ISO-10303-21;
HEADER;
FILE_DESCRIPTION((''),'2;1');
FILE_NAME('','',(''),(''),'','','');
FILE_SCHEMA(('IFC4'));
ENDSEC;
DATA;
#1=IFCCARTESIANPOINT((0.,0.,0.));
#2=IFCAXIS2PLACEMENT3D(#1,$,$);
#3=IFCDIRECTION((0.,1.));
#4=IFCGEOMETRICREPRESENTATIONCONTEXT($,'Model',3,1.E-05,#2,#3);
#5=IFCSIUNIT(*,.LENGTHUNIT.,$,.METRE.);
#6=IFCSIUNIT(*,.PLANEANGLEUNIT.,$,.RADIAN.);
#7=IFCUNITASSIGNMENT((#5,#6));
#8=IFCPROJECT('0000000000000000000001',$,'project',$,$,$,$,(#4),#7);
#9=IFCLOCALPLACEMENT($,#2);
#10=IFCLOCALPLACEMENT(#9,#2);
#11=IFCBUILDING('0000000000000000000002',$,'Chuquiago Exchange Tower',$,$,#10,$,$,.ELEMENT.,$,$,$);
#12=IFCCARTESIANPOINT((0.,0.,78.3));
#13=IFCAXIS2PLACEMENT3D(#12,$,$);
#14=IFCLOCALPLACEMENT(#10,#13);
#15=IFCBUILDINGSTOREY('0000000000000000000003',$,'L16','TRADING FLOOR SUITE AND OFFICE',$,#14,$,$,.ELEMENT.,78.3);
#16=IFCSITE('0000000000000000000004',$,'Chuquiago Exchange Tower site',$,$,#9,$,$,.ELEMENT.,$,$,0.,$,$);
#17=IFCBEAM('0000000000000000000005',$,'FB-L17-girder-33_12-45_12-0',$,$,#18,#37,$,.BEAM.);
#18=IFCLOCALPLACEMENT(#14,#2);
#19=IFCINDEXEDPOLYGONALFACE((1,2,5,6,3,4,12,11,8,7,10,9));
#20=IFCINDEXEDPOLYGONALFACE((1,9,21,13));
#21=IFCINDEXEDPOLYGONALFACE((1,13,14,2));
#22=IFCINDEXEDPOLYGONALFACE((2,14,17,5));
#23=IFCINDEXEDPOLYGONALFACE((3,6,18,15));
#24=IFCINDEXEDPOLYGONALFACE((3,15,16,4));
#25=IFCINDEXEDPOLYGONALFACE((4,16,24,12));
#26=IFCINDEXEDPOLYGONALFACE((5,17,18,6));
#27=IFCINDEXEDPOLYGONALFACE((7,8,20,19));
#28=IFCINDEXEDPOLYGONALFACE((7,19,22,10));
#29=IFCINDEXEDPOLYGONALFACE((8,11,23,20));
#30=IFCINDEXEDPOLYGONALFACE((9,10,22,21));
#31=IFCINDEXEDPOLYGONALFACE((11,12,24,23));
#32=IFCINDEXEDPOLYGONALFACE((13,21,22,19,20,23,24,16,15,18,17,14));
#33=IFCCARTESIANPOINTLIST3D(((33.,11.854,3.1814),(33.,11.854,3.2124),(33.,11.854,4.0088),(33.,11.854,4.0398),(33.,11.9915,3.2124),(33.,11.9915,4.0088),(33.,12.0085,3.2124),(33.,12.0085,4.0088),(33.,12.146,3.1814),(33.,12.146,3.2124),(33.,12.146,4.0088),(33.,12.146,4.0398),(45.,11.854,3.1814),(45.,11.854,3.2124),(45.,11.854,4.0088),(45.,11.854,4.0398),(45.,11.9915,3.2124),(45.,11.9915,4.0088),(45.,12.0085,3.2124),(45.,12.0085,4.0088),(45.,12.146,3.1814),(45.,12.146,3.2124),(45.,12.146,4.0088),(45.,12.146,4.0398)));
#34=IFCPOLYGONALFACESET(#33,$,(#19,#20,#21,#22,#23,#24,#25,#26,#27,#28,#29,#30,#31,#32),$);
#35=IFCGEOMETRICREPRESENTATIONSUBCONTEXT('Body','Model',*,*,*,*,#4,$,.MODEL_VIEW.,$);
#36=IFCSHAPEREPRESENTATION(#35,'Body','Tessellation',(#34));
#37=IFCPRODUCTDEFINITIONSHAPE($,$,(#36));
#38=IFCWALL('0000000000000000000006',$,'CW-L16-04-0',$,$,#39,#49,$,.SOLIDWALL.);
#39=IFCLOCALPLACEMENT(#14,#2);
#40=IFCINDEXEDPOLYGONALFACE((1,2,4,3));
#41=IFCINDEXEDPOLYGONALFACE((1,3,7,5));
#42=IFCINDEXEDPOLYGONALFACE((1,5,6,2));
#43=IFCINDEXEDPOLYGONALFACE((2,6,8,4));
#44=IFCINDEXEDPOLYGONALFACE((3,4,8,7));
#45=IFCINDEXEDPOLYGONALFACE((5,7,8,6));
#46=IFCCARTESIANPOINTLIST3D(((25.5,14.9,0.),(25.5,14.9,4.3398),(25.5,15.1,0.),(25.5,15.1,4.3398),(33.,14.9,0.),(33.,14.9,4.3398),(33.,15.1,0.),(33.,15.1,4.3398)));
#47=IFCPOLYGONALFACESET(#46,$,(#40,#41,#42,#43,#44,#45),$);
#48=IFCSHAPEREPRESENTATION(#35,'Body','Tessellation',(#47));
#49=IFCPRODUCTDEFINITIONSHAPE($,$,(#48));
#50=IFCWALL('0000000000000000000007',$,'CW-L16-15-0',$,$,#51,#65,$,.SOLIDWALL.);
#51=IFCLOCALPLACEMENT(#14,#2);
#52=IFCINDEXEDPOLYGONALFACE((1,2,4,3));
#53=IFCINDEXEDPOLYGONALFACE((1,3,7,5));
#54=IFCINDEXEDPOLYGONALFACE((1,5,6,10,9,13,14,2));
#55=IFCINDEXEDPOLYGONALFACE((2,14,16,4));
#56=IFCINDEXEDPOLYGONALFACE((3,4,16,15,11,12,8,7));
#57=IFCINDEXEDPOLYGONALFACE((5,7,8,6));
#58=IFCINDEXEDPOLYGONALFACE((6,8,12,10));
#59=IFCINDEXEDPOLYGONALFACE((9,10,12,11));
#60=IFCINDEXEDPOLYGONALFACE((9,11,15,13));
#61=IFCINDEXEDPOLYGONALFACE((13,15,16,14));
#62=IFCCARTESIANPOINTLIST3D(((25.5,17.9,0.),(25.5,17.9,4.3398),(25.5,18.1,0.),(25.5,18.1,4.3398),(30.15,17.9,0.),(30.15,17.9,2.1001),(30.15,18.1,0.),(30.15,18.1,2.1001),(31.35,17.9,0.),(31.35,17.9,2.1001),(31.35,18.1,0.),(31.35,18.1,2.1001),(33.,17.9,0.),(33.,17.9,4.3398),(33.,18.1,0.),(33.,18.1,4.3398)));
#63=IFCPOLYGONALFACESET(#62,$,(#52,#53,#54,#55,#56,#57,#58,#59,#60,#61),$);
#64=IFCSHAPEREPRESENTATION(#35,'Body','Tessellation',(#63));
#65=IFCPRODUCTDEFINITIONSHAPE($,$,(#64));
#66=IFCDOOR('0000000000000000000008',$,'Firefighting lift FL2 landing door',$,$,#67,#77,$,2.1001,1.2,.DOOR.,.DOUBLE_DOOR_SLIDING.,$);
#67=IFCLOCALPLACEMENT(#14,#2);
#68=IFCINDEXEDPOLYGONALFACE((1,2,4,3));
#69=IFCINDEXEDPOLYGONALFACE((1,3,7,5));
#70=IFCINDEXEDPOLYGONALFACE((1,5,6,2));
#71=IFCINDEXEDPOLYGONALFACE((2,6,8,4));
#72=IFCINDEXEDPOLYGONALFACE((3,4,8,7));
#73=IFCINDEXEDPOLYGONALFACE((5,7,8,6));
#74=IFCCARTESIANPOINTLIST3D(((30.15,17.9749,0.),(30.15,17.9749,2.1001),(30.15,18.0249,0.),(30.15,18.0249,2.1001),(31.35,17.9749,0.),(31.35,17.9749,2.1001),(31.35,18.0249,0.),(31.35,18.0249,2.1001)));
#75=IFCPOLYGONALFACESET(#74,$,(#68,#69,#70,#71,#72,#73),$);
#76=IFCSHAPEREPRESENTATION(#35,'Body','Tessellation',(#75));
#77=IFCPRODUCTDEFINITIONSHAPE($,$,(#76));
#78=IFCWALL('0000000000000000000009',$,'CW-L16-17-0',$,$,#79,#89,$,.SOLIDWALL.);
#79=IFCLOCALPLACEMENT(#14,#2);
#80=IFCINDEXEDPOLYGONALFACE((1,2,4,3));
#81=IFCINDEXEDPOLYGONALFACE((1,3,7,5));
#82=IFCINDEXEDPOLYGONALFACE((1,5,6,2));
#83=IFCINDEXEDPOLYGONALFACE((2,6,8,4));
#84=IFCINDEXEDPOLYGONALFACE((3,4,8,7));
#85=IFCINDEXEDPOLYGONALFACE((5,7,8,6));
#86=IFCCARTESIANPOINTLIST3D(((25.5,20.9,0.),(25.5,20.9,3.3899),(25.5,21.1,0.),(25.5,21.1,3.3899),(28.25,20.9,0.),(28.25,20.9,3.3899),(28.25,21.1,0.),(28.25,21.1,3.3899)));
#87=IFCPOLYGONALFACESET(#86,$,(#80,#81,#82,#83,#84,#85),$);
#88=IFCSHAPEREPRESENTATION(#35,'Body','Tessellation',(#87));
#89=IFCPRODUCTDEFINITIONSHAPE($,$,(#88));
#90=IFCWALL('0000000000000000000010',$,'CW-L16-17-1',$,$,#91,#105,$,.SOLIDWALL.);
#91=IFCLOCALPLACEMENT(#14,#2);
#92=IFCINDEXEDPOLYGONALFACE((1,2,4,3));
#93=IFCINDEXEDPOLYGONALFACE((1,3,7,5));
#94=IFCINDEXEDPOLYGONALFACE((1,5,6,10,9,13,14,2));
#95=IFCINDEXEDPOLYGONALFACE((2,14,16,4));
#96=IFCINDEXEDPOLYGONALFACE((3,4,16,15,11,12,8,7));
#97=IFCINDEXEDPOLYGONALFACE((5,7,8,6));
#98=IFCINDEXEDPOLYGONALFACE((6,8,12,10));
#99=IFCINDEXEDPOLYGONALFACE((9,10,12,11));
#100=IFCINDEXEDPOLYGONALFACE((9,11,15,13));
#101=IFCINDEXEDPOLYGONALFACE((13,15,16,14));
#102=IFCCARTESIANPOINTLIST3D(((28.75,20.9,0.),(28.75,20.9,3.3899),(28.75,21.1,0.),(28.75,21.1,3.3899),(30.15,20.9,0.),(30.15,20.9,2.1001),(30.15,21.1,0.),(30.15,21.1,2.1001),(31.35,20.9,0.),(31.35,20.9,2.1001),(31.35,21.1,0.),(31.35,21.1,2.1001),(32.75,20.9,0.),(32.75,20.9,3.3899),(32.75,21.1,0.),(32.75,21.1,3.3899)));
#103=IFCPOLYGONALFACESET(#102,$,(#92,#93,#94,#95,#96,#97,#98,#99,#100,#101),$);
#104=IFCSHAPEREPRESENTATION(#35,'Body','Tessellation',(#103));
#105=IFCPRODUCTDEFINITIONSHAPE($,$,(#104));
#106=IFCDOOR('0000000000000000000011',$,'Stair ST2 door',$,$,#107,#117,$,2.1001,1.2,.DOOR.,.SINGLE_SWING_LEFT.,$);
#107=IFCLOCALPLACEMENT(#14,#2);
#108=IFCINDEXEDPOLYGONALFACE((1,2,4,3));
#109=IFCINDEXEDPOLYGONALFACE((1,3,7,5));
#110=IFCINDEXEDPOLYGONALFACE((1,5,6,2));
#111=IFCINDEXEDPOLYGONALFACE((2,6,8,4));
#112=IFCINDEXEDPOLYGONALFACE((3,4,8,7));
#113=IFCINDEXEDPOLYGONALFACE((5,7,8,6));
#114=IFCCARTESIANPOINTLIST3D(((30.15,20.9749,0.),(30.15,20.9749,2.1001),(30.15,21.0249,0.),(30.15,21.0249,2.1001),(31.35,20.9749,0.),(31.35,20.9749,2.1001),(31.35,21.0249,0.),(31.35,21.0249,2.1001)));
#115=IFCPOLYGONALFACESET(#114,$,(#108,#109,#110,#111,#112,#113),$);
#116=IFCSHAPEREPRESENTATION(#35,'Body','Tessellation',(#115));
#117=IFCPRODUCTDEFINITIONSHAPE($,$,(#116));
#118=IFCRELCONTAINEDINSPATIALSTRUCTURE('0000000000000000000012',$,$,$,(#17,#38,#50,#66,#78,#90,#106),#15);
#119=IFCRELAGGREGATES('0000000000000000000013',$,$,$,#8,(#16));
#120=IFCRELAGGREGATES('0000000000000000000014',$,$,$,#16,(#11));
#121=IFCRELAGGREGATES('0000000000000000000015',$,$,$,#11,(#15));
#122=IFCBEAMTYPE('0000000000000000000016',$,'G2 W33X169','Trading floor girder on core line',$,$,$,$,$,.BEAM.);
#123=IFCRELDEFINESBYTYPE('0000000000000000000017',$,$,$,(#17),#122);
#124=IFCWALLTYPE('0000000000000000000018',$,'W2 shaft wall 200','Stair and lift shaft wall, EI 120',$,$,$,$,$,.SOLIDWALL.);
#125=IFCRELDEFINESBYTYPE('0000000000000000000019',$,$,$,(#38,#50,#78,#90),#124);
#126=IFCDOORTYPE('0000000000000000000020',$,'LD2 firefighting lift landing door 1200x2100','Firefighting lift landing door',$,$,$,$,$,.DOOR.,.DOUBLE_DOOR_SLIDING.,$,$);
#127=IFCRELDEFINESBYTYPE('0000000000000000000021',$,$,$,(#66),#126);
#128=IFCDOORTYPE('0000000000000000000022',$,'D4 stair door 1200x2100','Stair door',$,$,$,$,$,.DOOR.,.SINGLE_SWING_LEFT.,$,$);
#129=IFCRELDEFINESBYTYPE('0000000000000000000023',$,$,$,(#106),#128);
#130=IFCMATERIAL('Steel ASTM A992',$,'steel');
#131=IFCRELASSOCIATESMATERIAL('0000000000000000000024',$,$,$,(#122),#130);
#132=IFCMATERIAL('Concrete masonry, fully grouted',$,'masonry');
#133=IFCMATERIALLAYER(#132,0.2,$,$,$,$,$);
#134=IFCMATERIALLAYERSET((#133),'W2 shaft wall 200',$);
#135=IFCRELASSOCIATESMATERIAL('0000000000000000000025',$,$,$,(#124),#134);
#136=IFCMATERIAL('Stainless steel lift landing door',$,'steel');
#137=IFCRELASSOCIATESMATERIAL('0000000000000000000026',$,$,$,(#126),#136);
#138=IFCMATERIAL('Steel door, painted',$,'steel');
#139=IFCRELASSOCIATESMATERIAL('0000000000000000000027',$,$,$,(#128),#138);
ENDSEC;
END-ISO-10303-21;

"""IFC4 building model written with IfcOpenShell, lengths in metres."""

from ifc_helpers import new_model, si_unit, direction, frame, frame_2d, origin, origin_2d, place, context, subcontext, project, spatial, rectangle, i_section, extrude, material, layer, layer_set, material_profile, profile_set, type_object, element, fill, save


model = new_model("IFC4")

# Units and contexts
model_context = context("Model", 3, precision=1e-05, world=origin(), true_north=direction((0.0, 1.0)))
body_context = subcontext(model_context, "Body", "Model", "MODEL_VIEW")
ifc_project = project(units=[si_unit("LENGTHUNIT", "METRE"), si_unit("PLANEANGLEUNIT", "RADIAN")], contexts=[model_context])

# Site, building, storey
site_placement = place(None, origin())
site = spatial("IfcSite", under=ifc_project, at=site_placement, Name="Chuquiago Exchange Tower site", CompositionType="ELEMENT", RefElevation=0.0)
building_placement = place(site_placement, origin())
building = spatial("IfcBuilding", under=site, at=building_placement, Name="Chuquiago Exchange Tower", CompositionType="ELEMENT")
storey_placement = place(building_placement, frame((0.0, 0.0, 78.3)))
storey = spatial("IfcBuildingStorey", under=building, at=storey_placement, Name="L16", Description="TRADING FLOOR SUITE AND OFFICE", CompositionType="ELEMENT", Elevation=78.3)

# Beam
ifc_material_1 = material(Name="Steel ASTM A992", Category="steel")
ifc_material_profile_1 = material_profile(ifc_material_1, i_section(OverallWidth=0.292, OverallDepth=0.8584, WebThickness=0.0171, FlangeThickness=0.031, at=origin_2d()), Name="W33X169")
ifc_profile_set_1 = profile_set([ifc_material_profile_1], Name="Steel ASTM A992")
beam_type_1 = type_object("IfcBeamType", Name="G2 W33X169", Description="Trading floor girder on core line", PredefinedType="BEAM", material=ifc_profile_set_1)
for number, where, z_axis, x_axis, name in (
    (1, (33.0, 12.0, 3.6106), (1.0, 0.0, 0.0), (0.0, 1.0, 0.0), "FB-L17-girder-33_12-45_12-0"),
):
    element("IfcBeam", number, at=place(storey_placement, frame(where, z_axis=z_axis, x_axis=x_axis)), inside=storey, type_object=beam_type_1, Name=name, PredefinedType="BEAM", context=body_context, shape_type="SweptSolid", body=[
        extrude(i_section(OverallWidth=0.292, OverallDepth=0.8584, WebThickness=0.0171, FlangeThickness=0.031, at=origin_2d()), origin(), (0.0, 0.0, 1.0), 12.0),
    ])

# Wall
ifc_material_2 = material(Name="Concrete masonry, fully grouted", Category="masonry")
ifc_layer_1 = layer(ifc_material_2, 0.2)
ifc_layer_set_1 = layer_set([ifc_layer_1], Name="W2 shaft wall 200")
wall_type_1 = type_object("IfcWallType", Name="W2 shaft wall 200", Description="Stair and lift shaft wall, EI 120", PredefinedType="SOLIDWALL", material=ifc_layer_set_1)
wall_1_placement = place(storey_placement, frame((25.5, 15.0, 0.0), z_axis=(0.0, 0.0, 1.0), x_axis=(1.0, 0.0, 0.0)))
element("IfcWall", 2, at=wall_1_placement, inside=storey, type_object=wall_type_1, Name="CW-L16-04-0", PredefinedType="SOLIDWALL", context=body_context, shape_type="SweptSolid", body=[
    extrude(rectangle(XDim=7.5, YDim=0.2, at=frame_2d((3.75, 0.0))), origin(), (0.0, 0.0, 1.0), 4.3398),
])

# Wall, opening, door
wall_2_placement = place(storey_placement, frame((25.5, 18.0, 0.0), z_axis=(0.0, 0.0, 1.0), x_axis=(1.0, 0.0, 0.0)))
wall_2 = element("IfcWall", 3, at=wall_2_placement, inside=storey, type_object=wall_type_1, Name="CW-L16-15-0", PredefinedType="SOLIDWALL", context=body_context, shape_type="SweptSolid", body=[
    extrude(rectangle(XDim=7.5, YDim=0.2, at=frame_2d((3.75, 0.0))), origin(), (0.0, 0.0, 1.0), 4.3398),
])
opening_1_placement = place(wall_2_placement, frame((4.6499, 0.0, 0.0)))
opening_1 = element("IfcOpeningElement", 4, at=opening_1_placement, cuts=wall_2, PredefinedType="OPENING", context=body_context, shape_type="SweptSolid", body=[
    extrude(rectangle(XDim=1.2, YDim=2.1001, at=frame_2d((0.6001, 1.05))), frame((0.0, 0.1099, 0.0), z_axis=(0.0, -1.0, 0.0), x_axis=(1.0, 0.0, 0.0)), (0.0, 0.0, 1.0), 0.22),
])
ifc_material_3 = material(Name="Stainless steel lift landing door", Category="steel")
door_type_1 = type_object("IfcDoorType", Name="LD2 firefighting lift landing door 1200x2100", Description="Firefighting lift landing door", OperationType="DOUBLE_DOOR_SLIDING", PredefinedType="DOOR", material=ifc_material_3)
door_1_placement = place(opening_1_placement, origin())
door_1 = element("IfcDoor", 5, at=door_1_placement, inside=storey, type_object=door_type_1, Name="Firefighting lift FL2 landing door", OperationType="DOUBLE_DOOR_SLIDING", OverallHeight=2.1001, OverallWidth=1.2, PredefinedType="DOOR", context=body_context, shape_type="SweptSolid", body=[
    extrude(rectangle(XDim=1.2, YDim=2.1001, at=frame_2d((0.6001, 1.05))), frame((0.0, 0.0249, 0.0), z_axis=(0.0, -1.0, 0.0), x_axis=(1.0, 0.0, 0.0)), (0.0, 0.0, 1.0), 0.05),
])
fill(opening_1, door_1)

# Wall
wall_3_placement = place(storey_placement, frame((25.5, 21.0, 0.0), z_axis=(0.0, 0.0, 1.0), x_axis=(1.0, 0.0, 0.0)))
element("IfcWall", 6, at=wall_3_placement, inside=storey, type_object=wall_type_1, Name="CW-L16-17-0", PredefinedType="SOLIDWALL", context=body_context, shape_type="SweptSolid", body=[
    extrude(rectangle(XDim=2.75, YDim=0.2, at=frame_2d((1.375, 0.0))), origin(), (0.0, 0.0, 1.0), 3.3899),
])

# Wall, opening, door
wall_4_placement = place(storey_placement, frame((28.75, 21.0, 0.0), z_axis=(0.0, 0.0, 1.0), x_axis=(1.0, 0.0, 0.0)))
wall_4 = element("IfcWall", 7, at=wall_4_placement, inside=storey, type_object=wall_type_1, Name="CW-L16-17-1", PredefinedType="SOLIDWALL", context=body_context, shape_type="SweptSolid", body=[
    extrude(rectangle(XDim=4.0, YDim=0.2, at=frame_2d((2.0, 0.0))), origin(), (0.0, 0.0, 1.0), 3.3899),
])
opening_2_placement = place(wall_4_placement, frame((1.3999, 0.0, 0.0)))
opening_2 = element("IfcOpeningElement", 8, at=opening_2_placement, cuts=wall_4, PredefinedType="OPENING", context=body_context, shape_type="SweptSolid", body=[
    extrude(rectangle(XDim=1.2, YDim=2.1001, at=frame_2d((0.6001, 1.05))), frame((0.0, 0.1099, 0.0), z_axis=(0.0, -1.0, 0.0), x_axis=(1.0, 0.0, 0.0)), (0.0, 0.0, 1.0), 0.22),
])
ifc_material_4 = material(Name="Steel door, painted", Category="steel")
door_type_2 = type_object("IfcDoorType", Name="D4 stair door 1200x2100", Description="Stair door", OperationType="SINGLE_SWING_LEFT", PredefinedType="DOOR", material=ifc_material_4)
door_2_placement = place(opening_2_placement, origin())
door_2 = element("IfcDoor", 9, at=door_2_placement, inside=storey, type_object=door_type_2, Name="Stair ST2 door", OperationType="SINGLE_SWING_LEFT", OverallHeight=2.1001, OverallWidth=1.2, PredefinedType="DOOR", context=body_context, shape_type="SweptSolid", body=[
    extrude(rectangle(XDim=1.2, YDim=2.1001, at=frame_2d((0.6001, 1.05))), frame((0.0, 0.0249, 0.0), z_axis=(0.0, -1.0, 0.0), x_axis=(1.0, 0.0, 0.0)), (0.0, 0.0, 1.0), 0.05),
])
fill(opening_2, door_2)

save(model, "model.ifc")
